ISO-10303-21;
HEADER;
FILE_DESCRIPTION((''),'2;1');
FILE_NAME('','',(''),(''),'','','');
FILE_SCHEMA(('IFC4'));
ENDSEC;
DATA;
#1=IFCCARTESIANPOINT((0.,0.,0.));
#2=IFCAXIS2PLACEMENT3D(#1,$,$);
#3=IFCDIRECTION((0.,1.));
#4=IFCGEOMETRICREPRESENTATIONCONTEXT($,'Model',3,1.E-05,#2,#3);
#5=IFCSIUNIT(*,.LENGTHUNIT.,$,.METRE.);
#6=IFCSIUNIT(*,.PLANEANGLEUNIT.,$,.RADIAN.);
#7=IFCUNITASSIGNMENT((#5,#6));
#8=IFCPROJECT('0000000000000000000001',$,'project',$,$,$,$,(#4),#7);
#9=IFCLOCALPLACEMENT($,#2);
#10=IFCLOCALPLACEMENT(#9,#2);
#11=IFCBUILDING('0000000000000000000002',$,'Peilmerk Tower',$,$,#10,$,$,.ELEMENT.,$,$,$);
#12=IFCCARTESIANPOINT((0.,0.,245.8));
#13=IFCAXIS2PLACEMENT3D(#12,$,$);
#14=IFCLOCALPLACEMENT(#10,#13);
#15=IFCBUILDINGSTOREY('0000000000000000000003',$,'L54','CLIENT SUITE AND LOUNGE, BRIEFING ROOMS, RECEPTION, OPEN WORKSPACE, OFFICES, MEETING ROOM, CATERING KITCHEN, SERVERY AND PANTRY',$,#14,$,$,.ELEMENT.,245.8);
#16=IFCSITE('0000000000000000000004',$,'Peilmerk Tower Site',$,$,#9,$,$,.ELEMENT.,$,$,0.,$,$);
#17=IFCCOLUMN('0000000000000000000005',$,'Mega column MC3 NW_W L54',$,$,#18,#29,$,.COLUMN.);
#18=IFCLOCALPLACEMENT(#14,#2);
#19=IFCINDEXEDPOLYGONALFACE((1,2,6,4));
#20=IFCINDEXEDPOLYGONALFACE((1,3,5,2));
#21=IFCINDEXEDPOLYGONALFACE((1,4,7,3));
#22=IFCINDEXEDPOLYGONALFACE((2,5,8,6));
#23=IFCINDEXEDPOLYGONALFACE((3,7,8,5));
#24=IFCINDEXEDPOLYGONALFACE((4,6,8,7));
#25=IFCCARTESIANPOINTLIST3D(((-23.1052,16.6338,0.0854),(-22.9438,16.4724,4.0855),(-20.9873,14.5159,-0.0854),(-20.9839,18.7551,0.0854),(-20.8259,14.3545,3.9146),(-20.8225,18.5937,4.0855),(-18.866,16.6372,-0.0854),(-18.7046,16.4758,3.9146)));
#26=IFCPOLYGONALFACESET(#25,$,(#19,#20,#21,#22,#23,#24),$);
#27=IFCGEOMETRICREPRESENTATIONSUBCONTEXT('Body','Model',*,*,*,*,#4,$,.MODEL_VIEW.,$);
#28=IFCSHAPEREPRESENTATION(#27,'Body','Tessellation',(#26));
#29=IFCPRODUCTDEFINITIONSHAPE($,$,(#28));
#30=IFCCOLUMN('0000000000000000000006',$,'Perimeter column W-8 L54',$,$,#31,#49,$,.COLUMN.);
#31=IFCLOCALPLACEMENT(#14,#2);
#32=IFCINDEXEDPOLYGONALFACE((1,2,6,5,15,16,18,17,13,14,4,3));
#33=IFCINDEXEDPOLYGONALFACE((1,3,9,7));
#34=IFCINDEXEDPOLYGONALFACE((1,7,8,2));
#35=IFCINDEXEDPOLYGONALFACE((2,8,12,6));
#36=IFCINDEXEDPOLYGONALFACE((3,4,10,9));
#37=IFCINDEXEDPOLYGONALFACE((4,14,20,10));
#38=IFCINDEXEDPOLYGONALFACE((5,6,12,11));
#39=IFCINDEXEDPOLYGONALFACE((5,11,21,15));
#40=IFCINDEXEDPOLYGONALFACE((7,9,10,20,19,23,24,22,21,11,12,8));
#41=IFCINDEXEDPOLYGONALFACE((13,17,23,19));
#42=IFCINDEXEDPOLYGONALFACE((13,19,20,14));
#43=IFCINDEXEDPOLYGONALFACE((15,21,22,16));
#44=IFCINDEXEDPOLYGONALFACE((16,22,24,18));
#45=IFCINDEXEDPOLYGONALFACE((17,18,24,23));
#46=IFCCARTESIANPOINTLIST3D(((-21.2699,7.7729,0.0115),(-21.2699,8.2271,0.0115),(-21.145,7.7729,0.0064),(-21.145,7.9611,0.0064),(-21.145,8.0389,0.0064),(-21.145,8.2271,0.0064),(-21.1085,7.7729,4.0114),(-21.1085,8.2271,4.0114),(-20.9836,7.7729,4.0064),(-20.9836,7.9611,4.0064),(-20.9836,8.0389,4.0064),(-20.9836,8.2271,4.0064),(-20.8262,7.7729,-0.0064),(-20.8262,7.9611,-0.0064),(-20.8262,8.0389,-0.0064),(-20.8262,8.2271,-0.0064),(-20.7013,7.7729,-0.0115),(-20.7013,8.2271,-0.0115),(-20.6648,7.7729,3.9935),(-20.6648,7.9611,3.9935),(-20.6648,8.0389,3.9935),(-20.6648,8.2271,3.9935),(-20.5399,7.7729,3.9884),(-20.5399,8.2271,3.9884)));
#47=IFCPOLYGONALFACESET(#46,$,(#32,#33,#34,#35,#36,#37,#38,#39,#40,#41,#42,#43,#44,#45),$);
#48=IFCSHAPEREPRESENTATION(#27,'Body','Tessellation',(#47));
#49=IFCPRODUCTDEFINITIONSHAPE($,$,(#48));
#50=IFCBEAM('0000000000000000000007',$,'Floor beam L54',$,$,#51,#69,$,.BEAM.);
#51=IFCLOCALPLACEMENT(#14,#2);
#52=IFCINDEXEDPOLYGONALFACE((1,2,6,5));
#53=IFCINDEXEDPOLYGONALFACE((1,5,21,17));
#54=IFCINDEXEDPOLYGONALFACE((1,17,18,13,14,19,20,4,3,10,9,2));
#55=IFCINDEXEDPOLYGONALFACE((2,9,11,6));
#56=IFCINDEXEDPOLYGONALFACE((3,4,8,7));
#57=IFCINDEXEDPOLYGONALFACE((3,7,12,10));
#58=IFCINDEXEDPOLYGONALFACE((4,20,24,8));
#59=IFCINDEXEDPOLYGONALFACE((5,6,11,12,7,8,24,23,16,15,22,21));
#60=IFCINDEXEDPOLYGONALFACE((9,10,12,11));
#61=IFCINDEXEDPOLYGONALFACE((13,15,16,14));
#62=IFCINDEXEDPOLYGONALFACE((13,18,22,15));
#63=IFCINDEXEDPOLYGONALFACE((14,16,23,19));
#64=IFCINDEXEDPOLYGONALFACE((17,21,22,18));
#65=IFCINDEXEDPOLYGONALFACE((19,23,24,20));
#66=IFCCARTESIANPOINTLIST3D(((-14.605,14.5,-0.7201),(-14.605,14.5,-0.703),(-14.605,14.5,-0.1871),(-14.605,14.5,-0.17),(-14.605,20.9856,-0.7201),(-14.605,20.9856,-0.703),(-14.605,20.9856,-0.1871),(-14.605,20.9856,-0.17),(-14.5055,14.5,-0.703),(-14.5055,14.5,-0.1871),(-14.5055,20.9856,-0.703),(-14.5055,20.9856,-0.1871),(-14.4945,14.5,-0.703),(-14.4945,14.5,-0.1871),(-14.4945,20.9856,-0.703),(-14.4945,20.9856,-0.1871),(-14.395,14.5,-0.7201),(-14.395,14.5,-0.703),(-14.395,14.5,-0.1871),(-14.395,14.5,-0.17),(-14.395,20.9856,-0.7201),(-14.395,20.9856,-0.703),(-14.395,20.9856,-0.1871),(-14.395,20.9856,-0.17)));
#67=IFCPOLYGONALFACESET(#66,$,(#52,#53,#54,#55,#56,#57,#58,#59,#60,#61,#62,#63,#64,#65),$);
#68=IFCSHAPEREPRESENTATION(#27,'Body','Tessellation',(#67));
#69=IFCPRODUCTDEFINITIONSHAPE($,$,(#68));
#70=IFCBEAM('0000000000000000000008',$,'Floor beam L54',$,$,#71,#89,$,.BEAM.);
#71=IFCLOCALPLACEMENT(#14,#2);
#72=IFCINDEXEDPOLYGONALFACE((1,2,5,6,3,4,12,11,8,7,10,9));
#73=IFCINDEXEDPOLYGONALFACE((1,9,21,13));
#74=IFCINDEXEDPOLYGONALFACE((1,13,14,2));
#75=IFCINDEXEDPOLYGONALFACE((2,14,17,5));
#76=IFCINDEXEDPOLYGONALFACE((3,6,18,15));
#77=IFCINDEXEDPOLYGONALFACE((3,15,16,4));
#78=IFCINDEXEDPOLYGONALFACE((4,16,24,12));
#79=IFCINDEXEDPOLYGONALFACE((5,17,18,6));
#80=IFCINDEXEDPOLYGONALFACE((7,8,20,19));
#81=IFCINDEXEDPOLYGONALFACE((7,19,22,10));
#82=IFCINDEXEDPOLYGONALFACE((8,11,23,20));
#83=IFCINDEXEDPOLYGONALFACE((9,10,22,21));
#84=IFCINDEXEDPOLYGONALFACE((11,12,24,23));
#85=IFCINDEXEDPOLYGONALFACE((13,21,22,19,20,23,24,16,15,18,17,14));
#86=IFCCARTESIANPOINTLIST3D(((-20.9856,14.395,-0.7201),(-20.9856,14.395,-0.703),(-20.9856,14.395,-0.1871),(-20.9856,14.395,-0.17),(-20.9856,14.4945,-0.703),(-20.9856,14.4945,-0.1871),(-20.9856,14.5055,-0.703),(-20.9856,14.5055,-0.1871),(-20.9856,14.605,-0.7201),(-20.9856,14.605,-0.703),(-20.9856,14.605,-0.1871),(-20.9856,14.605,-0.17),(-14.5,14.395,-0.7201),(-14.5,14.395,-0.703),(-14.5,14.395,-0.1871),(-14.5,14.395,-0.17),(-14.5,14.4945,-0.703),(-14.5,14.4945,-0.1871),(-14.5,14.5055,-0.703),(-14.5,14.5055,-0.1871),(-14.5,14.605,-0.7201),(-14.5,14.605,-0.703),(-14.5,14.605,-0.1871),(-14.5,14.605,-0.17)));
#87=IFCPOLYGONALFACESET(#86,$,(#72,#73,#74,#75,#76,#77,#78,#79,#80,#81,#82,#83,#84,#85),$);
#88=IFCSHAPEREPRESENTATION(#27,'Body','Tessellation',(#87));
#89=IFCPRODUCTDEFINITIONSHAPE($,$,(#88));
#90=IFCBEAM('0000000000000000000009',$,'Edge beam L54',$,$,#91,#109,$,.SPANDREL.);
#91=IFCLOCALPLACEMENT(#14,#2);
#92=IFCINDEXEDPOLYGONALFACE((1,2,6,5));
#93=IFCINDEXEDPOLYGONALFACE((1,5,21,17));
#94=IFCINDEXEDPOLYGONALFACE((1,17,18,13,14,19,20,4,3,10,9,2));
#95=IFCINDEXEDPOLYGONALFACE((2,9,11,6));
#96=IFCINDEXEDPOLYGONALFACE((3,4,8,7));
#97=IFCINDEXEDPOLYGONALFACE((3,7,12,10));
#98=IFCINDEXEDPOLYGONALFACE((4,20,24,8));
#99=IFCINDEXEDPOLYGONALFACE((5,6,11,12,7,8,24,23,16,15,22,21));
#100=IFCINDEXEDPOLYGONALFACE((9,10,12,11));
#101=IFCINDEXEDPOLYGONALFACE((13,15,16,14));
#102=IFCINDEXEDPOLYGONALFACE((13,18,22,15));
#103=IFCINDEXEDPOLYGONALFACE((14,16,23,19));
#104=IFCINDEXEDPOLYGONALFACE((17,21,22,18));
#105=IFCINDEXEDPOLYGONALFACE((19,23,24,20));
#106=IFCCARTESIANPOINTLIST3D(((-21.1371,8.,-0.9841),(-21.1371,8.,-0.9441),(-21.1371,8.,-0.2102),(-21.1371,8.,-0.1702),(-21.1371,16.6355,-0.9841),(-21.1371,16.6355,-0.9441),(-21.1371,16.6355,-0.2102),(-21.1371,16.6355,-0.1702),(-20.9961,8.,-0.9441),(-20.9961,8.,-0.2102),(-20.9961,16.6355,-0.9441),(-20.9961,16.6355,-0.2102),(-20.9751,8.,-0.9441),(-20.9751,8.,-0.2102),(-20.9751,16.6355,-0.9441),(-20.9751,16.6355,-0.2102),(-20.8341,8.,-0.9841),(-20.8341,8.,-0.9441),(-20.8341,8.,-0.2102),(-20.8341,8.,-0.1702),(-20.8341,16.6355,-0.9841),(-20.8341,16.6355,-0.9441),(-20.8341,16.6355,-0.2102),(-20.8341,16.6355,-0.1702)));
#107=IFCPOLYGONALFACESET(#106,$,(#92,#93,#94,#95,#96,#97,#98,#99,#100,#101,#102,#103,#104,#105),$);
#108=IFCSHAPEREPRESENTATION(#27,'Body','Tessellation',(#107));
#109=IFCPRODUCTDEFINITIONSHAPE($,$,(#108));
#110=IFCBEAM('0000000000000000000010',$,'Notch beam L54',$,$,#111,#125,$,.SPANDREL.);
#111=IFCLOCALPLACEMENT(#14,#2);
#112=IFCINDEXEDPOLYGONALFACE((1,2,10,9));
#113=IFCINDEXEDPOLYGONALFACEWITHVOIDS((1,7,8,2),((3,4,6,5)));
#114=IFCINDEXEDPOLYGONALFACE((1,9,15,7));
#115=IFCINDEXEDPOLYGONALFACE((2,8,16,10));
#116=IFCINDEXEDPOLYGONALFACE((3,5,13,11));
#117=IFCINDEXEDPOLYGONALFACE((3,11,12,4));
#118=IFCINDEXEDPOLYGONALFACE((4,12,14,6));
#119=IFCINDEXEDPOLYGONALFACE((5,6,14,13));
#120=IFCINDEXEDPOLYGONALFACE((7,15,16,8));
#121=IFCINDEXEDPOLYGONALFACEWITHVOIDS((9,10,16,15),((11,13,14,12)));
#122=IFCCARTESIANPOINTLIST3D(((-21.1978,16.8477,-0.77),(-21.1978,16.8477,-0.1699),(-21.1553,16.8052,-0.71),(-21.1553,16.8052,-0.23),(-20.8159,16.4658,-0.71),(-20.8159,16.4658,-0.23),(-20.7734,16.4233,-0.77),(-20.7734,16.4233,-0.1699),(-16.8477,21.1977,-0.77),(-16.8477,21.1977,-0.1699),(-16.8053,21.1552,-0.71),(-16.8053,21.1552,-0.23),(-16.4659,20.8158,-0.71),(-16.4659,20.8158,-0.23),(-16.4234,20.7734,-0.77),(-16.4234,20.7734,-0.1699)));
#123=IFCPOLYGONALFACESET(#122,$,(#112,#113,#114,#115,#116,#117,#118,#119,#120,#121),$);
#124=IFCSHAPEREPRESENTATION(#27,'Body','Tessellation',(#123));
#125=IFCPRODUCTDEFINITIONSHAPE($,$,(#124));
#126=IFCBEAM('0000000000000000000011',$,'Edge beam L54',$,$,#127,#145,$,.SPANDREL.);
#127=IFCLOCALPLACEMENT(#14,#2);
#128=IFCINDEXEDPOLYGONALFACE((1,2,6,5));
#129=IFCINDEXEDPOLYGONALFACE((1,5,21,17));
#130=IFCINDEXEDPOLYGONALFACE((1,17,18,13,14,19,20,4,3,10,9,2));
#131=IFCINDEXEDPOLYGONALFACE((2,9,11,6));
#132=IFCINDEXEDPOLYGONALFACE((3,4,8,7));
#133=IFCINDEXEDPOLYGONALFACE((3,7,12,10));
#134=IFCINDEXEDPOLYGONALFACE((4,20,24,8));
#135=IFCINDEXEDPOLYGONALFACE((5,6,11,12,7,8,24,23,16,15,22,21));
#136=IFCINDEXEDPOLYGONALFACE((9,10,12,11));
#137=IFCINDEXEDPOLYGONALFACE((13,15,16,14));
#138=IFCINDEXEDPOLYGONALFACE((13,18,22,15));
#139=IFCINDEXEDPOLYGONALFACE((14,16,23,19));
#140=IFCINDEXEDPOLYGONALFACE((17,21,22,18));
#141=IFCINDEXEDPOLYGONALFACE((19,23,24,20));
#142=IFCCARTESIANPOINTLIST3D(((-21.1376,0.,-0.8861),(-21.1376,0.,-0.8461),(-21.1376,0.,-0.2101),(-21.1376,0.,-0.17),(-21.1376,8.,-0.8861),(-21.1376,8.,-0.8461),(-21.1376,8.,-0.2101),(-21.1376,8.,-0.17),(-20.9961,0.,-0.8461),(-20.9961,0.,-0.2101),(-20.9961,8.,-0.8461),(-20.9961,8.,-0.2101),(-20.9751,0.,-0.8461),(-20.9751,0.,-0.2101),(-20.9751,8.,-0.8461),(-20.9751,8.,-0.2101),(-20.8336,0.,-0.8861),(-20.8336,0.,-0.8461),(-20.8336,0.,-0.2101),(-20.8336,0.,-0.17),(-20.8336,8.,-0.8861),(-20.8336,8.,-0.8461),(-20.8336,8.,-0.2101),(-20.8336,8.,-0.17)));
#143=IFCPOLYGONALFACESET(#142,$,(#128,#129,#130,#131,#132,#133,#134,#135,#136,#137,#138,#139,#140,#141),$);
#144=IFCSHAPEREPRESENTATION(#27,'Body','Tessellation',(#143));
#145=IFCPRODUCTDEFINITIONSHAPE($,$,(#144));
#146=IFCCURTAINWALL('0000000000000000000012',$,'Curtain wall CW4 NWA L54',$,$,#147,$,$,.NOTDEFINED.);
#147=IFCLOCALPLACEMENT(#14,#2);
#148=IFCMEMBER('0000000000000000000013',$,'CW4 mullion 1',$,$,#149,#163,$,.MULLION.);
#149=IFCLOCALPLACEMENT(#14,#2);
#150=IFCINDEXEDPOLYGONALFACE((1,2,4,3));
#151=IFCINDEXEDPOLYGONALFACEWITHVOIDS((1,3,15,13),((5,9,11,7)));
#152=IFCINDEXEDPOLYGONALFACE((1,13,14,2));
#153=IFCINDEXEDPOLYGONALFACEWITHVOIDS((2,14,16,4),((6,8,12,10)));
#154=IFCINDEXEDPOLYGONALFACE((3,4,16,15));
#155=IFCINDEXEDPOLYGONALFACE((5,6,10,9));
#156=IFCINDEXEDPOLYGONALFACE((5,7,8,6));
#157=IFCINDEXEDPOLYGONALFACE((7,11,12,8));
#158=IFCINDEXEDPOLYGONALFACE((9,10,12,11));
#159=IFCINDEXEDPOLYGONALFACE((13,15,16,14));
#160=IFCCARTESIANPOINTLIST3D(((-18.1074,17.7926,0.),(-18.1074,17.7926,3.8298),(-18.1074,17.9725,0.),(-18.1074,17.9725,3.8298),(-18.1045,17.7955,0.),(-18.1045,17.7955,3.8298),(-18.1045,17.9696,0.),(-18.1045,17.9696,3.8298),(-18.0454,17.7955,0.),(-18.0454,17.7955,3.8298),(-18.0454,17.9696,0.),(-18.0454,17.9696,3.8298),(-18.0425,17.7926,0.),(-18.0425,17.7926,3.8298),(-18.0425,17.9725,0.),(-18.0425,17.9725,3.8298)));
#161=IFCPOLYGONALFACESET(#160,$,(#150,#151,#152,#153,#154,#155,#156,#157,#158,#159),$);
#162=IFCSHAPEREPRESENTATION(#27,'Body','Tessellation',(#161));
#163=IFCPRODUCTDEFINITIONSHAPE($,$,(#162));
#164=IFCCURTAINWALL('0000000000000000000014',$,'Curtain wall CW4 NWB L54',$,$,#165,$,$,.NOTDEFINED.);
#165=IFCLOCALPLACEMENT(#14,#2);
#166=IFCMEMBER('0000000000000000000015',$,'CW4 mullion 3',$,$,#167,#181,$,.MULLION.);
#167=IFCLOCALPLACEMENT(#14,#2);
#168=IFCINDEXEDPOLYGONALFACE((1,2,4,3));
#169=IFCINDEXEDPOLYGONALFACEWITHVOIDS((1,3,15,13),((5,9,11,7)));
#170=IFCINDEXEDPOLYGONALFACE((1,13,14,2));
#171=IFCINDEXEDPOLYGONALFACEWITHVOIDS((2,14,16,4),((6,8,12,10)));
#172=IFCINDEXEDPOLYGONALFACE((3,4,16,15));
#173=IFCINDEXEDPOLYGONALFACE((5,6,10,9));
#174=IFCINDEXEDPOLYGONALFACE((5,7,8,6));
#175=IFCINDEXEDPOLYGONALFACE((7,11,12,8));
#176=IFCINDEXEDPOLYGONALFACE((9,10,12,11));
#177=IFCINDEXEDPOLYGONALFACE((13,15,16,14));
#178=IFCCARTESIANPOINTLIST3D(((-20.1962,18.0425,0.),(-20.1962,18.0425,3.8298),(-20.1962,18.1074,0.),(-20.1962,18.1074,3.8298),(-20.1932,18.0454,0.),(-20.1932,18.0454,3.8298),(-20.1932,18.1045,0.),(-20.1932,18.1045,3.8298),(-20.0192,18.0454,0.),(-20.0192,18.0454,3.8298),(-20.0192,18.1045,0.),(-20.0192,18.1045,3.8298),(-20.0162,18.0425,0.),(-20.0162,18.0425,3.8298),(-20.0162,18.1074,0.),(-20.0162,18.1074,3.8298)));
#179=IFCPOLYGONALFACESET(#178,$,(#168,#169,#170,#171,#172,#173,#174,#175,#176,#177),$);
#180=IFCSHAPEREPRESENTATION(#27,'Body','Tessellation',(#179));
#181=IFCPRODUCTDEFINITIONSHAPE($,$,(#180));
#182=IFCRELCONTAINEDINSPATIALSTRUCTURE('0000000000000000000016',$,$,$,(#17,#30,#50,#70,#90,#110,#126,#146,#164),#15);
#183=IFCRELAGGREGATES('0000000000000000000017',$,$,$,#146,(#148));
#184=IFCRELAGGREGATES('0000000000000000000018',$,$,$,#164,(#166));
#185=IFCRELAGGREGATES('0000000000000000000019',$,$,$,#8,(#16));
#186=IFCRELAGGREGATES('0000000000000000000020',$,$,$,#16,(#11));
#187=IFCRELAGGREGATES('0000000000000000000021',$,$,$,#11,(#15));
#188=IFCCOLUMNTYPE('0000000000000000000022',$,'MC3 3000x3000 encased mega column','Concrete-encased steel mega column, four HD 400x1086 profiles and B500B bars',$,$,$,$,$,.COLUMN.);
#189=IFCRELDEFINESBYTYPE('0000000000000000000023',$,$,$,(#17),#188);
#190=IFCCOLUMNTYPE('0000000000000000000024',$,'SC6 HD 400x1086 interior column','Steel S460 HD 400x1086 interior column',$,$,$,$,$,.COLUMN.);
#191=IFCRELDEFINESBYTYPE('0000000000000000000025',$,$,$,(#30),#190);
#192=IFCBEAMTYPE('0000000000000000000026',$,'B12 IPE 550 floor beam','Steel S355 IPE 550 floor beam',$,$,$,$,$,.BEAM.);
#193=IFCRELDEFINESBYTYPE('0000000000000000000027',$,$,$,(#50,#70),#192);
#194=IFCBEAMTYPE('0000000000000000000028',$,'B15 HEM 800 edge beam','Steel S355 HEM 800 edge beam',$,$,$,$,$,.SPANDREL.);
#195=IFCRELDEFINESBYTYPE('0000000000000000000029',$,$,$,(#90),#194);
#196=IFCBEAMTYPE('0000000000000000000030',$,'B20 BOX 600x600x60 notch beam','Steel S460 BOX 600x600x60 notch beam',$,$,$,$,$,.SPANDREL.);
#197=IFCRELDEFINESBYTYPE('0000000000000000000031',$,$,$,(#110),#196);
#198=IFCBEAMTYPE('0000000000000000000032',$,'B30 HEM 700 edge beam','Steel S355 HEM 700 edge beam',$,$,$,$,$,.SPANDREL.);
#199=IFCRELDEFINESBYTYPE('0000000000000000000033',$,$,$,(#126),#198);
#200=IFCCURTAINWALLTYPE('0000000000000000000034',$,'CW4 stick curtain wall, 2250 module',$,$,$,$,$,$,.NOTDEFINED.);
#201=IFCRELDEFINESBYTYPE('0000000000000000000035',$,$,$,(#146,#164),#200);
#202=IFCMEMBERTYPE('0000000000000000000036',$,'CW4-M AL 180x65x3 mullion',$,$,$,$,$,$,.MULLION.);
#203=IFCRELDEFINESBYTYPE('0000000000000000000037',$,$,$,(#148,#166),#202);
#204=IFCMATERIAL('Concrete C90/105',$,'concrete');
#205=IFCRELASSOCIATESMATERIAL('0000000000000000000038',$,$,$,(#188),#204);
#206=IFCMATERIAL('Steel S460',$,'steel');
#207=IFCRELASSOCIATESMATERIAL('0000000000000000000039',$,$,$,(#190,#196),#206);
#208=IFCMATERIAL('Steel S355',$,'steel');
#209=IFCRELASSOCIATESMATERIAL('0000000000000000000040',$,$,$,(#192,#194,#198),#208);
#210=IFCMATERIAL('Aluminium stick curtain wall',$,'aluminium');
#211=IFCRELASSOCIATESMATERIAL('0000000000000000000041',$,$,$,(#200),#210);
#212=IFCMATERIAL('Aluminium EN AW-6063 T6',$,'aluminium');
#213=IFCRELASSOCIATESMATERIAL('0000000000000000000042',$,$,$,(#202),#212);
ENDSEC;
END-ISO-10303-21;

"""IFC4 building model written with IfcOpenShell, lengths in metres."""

from ifc_helpers import new_model, si_unit, direction, frame, origin, origin_2d, place, context, subcontext, project, spatial, rectangle, hollow_rectangle, i_section, extrude, material, material_profile, profile_set, type_object, element, aggregate, save


model = new_model("IFC4")

# Units and contexts
model_context = context("Model", 3, precision=1e-05, world=origin(), true_north=direction((0.0, 1.0)))
body_context = subcontext(model_context, "Body", "Model", "MODEL_VIEW")
ifc_project = project(units=[si_unit("LENGTHUNIT", "METRE"), si_unit("PLANEANGLEUNIT", "RADIAN")], contexts=[model_context])

# Site, building, storey
site_placement = place(None, origin())
site = spatial("IfcSite", under=ifc_project, at=site_placement, Name="Peilmerk Tower Site", CompositionType="ELEMENT", RefElevation=0.0)
building_placement = place(site_placement, origin())
building = spatial("IfcBuilding", under=site, at=building_placement, Name="Peilmerk Tower", CompositionType="ELEMENT")
storey_placement = place(building_placement, frame((0.0, 0.0, 245.8)))
storey = spatial("IfcBuildingStorey", under=building, at=storey_placement, Name="L54", Description="CLIENT SUITE AND LOUNGE, BRIEFING ROOMS, RECEPTION, OPEN WORKSPACE, OFFICES, MEETING ROOM, CATERING KITCHEN, SERVERY AND PANTRY", CompositionType="ELEMENT", Elevation=245.8)

# Columns
ifc_material_1 = material(Name="Concrete C90/105", Category="concrete")
ifc_material_profile_1 = material_profile(ifc_material_1, rectangle(XDim=3.0, YDim=3.0, at=origin_2d()), Name="RC 3000x3000")
ifc_profile_set_1 = profile_set([ifc_material_profile_1], Name="Concrete C90/105")
column_type_1 = type_object("IfcColumnType", Name="MC3 3000x3000 encased mega column", Description="Concrete-encased steel mega column, four HD 400x1086 profiles and B500B bars", PredefinedType="COLUMN", material=ifc_profile_set_1)
column_1_placement = place(storey_placement, frame((-20.9856, 16.6355, 0.0), z_axis=(0.040279, -0.040279, 0.998376), x_axis=(0.707107, 0.707107, 0.0)))
element("IfcColumn", 1, at=column_1_placement, inside=storey, type_object=column_type_1, Name="Mega column MC3 NW_W L54", PredefinedType="COLUMN", context=body_context, shape_type="SweptSolid", body=[
    extrude(rectangle(XDim=3.0, YDim=3.0, at=origin_2d()), origin(), (0.0, 0.0, 1.0), 4.0066),
])
ifc_material_2 = material(Name="Steel S460", Category="steel")
ifc_material_profile_2 = material_profile(ifc_material_2, i_section(OverallWidth=0.4541, OverallDepth=0.5691, WebThickness=0.0779, FlangeThickness=0.125, at=origin_2d()), Name="HD 400x1086")
ifc_profile_set_2 = profile_set([ifc_material_profile_2], Name="Steel S460")
column_type_2 = type_object("IfcColumnType", Name="SC6 HD 400x1086 interior column", Description="Steel S460 HD 400x1086 interior column", PredefinedType="COLUMN", material=ifc_profile_set_2)
column_2_placement = place(storey_placement, frame((-20.9856, 8.0, 0.0), z_axis=(0.040311, 0.0, 0.999187), x_axis=(0.0, 1.0, 0.0)))
element("IfcColumn", 2, at=column_2_placement, inside=storey, type_object=column_type_2, Name="Perimeter column W-8 L54", PredefinedType="COLUMN", context=body_context, shape_type="SweptSolid", body=[
    extrude(i_section(OverallWidth=0.4541, OverallDepth=0.5691, WebThickness=0.0779, FlangeThickness=0.125, at=origin_2d()), origin(), (0.0, 0.0, 1.0), 4.0032),
])

# Beams
ifc_material_3 = material(Name="Steel S355", Category="steel")
ifc_material_profile_3 = material_profile(ifc_material_3, i_section(OverallWidth=0.21, OverallDepth=0.55, WebThickness=0.011, FlangeThickness=0.0171, at=origin_2d()), Name="IPE 550")
ifc_profile_set_3 = profile_set([ifc_material_profile_3], Name="Steel S355")
beam_type_1 = type_object("IfcBeamType", Name="B12 IPE 550 floor beam", Description="Steel S355 IPE 550 floor beam", PredefinedType="BEAM", material=ifc_profile_set_3)
for number, where, z_axis, x_axis, name in (
    (3, (-14.5, 14.5, -0.4451), (0.0, 1.0, 0.0), (-1.0, 0.0, 0.0), "Floor beam L54"),
    (4, (-14.5, 14.5, -0.4451), (-1.0, 0.0, 0.0), (0.0, -1.0, 0.0), "Floor beam L54"),
):
    element("IfcBeam", number, at=place(storey_placement, frame(where, z_axis=z_axis, x_axis=x_axis)), inside=storey, type_object=beam_type_1, Name=name, PredefinedType="BEAM", context=body_context, shape_type="SweptSolid", body=[
        extrude(i_section(OverallWidth=0.21, OverallDepth=0.55, WebThickness=0.011, FlangeThickness=0.0171, at=origin_2d()), origin(), (0.0, 0.0, 1.0), 6.4856),
    ])
ifc_material_profile_4 = material_profile(ifc_material_3, i_section(OverallWidth=0.303, OverallDepth=0.814, WebThickness=0.021, FlangeThickness=0.04, at=origin_2d()), Name="HEM 800")
ifc_profile_set_4 = profile_set([ifc_material_profile_4], Name="Steel S355")
beam_type_2 = type_object("IfcBeamType", Name="B15 HEM 800 edge beam", Description="Steel S355 HEM 800 edge beam", PredefinedType="SPANDREL", material=ifc_profile_set_4)
beam_1_placement = place(storey_placement, frame((-20.9856, 16.6355, -0.5771), z_axis=(0.0, -1.0, 0.0), x_axis=(1.0, 0.0, 0.0)))
element("IfcBeam", 5, at=beam_1_placement, inside=storey, type_object=beam_type_2, Name="Edge beam L54", PredefinedType="SPANDREL", context=body_context, shape_type="SweptSolid", body=[
    extrude(i_section(OverallWidth=0.303, OverallDepth=0.814, WebThickness=0.021, FlangeThickness=0.04, at=origin_2d()), origin(), (0.0, 0.0, 1.0), 8.6355),
])
ifc_material_profile_5 = material_profile(ifc_material_2, hollow_rectangle(XDim=0.6001, YDim=0.6001, WallThickness=0.0601, at=origin_2d()), Name="BOX 600x600x60")
ifc_profile_set_5 = profile_set([ifc_material_profile_5], Name="Steel S460")
beam_type_3 = type_object("IfcBeamType", Name="B20 BOX 600x600x60 notch beam", Description="Steel S460 BOX 600x600x60 notch beam", PredefinedType="SPANDREL", material=ifc_profile_set_5)
beam_2_placement = place(storey_placement, frame((-20.9856, 16.6355, -0.47), z_axis=(0.707107, 0.707107, 0.0), x_axis=(-0.707107, 0.707107, 0.0)))
element("IfcBeam", 6, at=beam_2_placement, inside=storey, type_object=beam_type_3, Name="Notch beam L54", PredefinedType="SPANDREL", context=body_context, shape_type="SweptSolid", body=[
    extrude(hollow_rectangle(XDim=0.6001, YDim=0.6001, WallThickness=0.0601, at=origin_2d()), origin(), (0.0, 0.0, 1.0), 6.1519),
])
ifc_material_profile_6 = material_profile(ifc_material_3, i_section(OverallWidth=0.304, OverallDepth=0.7161, WebThickness=0.021, FlangeThickness=0.04, at=origin_2d()), Name="HEM 700")
ifc_profile_set_6 = profile_set([ifc_material_profile_6], Name="Steel S355")
beam_type_4 = type_object("IfcBeamType", Name="B30 HEM 700 edge beam", Description="Steel S355 HEM 700 edge beam", PredefinedType="SPANDREL", material=ifc_profile_set_6)
beam_3_placement = place(storey_placement, frame((-20.9856, 8.0, -0.5281), z_axis=(0.0, -1.0, 0.0), x_axis=(1.0, 0.0, 0.0)))
element("IfcBeam", 7, at=beam_3_placement, inside=storey, type_object=beam_type_4, Name="Edge beam L54", PredefinedType="SPANDREL", context=body_context, shape_type="SweptSolid", body=[
    extrude(i_section(OverallWidth=0.304, OverallDepth=0.7161, WebThickness=0.021, FlangeThickness=0.04, at=origin_2d()), origin(), (0.0, 0.0, 1.0), 8.0),
])

# Curtain walls, members
ifc_material_4 = material(Name="Aluminium stick curtain wall", Category="aluminium")
curtain_wall_type = type_object("IfcCurtainWallType", Name="CW4 stick curtain wall, 2250 module", PredefinedType="NOTDEFINED", material=ifc_material_4)
curtain_wall_1_placement = place(storey_placement, origin())
curtain_wall_1 = element("IfcCurtainWall", 8, at=curtain_wall_1_placement, inside=storey, type_object=curtain_wall_type, Name="Curtain wall CW4 NWA L54", PredefinedType="NOTDEFINED")
ifc_material_5 = material(Name="Aluminium EN AW-6063 T6", Category="aluminium")
ifc_material_profile_7 = material_profile(ifc_material_5, hollow_rectangle(XDim=0.0649, YDim=0.1799, WallThickness=0.0029, at=origin_2d()), Name="AL 180x65x3")
ifc_profile_set_7 = profile_set([ifc_material_profile_7], Name="Aluminium EN AW-6063 T6")
member_type_1 = type_object("IfcMemberType", Name="CW4-M AL 180x65x3 mullion", PredefinedType="MULLION", material=ifc_profile_set_7)
member_1_placement = place(storey_placement, frame((-18.075, 17.8826, 0.0), z_axis=(0.0, 0.0, 1.0), x_axis=(-1.0, 0.0, 0.0)))
member_1 = element("IfcMember", 9, at=member_1_placement, type_object=member_type_1, Name="CW4 mullion 1", PredefinedType="MULLION", context=body_context, shape_type="SweptSolid", body=[
    extrude(hollow_rectangle(XDim=0.0649, YDim=0.1799, WallThickness=0.0029, at=origin_2d()), origin(), (0.0, 0.0, 1.0), 3.8298),
])
curtain_wall_2_placement = place(storey_placement, origin())
curtain_wall_2 = element("IfcCurtainWall", 10, at=curtain_wall_2_placement, inside=storey, type_object=curtain_wall_type, Name="Curtain wall CW4 NWB L54", PredefinedType="NOTDEFINED")
member_2_placement = place(storey_placement, frame((-20.1062, 18.075, 0.0), z_axis=(0.0, 0.0, 1.0), x_axis=(0.0, -1.0, 0.0)))
member_2 = element("IfcMember", 11, at=member_2_placement, type_object=member_type_1, Name="CW4 mullion 3", PredefinedType="MULLION", context=body_context, shape_type="SweptSolid", body=[
    extrude(hollow_rectangle(XDim=0.0649, YDim=0.1799, WallThickness=0.0029, at=origin_2d()), origin(), (0.0, 0.0, 1.0), 3.8298),
])

aggregate(curtain_wall_1, [member_1])

aggregate(curtain_wall_2, [member_2])

save(model, "model.ifc")
